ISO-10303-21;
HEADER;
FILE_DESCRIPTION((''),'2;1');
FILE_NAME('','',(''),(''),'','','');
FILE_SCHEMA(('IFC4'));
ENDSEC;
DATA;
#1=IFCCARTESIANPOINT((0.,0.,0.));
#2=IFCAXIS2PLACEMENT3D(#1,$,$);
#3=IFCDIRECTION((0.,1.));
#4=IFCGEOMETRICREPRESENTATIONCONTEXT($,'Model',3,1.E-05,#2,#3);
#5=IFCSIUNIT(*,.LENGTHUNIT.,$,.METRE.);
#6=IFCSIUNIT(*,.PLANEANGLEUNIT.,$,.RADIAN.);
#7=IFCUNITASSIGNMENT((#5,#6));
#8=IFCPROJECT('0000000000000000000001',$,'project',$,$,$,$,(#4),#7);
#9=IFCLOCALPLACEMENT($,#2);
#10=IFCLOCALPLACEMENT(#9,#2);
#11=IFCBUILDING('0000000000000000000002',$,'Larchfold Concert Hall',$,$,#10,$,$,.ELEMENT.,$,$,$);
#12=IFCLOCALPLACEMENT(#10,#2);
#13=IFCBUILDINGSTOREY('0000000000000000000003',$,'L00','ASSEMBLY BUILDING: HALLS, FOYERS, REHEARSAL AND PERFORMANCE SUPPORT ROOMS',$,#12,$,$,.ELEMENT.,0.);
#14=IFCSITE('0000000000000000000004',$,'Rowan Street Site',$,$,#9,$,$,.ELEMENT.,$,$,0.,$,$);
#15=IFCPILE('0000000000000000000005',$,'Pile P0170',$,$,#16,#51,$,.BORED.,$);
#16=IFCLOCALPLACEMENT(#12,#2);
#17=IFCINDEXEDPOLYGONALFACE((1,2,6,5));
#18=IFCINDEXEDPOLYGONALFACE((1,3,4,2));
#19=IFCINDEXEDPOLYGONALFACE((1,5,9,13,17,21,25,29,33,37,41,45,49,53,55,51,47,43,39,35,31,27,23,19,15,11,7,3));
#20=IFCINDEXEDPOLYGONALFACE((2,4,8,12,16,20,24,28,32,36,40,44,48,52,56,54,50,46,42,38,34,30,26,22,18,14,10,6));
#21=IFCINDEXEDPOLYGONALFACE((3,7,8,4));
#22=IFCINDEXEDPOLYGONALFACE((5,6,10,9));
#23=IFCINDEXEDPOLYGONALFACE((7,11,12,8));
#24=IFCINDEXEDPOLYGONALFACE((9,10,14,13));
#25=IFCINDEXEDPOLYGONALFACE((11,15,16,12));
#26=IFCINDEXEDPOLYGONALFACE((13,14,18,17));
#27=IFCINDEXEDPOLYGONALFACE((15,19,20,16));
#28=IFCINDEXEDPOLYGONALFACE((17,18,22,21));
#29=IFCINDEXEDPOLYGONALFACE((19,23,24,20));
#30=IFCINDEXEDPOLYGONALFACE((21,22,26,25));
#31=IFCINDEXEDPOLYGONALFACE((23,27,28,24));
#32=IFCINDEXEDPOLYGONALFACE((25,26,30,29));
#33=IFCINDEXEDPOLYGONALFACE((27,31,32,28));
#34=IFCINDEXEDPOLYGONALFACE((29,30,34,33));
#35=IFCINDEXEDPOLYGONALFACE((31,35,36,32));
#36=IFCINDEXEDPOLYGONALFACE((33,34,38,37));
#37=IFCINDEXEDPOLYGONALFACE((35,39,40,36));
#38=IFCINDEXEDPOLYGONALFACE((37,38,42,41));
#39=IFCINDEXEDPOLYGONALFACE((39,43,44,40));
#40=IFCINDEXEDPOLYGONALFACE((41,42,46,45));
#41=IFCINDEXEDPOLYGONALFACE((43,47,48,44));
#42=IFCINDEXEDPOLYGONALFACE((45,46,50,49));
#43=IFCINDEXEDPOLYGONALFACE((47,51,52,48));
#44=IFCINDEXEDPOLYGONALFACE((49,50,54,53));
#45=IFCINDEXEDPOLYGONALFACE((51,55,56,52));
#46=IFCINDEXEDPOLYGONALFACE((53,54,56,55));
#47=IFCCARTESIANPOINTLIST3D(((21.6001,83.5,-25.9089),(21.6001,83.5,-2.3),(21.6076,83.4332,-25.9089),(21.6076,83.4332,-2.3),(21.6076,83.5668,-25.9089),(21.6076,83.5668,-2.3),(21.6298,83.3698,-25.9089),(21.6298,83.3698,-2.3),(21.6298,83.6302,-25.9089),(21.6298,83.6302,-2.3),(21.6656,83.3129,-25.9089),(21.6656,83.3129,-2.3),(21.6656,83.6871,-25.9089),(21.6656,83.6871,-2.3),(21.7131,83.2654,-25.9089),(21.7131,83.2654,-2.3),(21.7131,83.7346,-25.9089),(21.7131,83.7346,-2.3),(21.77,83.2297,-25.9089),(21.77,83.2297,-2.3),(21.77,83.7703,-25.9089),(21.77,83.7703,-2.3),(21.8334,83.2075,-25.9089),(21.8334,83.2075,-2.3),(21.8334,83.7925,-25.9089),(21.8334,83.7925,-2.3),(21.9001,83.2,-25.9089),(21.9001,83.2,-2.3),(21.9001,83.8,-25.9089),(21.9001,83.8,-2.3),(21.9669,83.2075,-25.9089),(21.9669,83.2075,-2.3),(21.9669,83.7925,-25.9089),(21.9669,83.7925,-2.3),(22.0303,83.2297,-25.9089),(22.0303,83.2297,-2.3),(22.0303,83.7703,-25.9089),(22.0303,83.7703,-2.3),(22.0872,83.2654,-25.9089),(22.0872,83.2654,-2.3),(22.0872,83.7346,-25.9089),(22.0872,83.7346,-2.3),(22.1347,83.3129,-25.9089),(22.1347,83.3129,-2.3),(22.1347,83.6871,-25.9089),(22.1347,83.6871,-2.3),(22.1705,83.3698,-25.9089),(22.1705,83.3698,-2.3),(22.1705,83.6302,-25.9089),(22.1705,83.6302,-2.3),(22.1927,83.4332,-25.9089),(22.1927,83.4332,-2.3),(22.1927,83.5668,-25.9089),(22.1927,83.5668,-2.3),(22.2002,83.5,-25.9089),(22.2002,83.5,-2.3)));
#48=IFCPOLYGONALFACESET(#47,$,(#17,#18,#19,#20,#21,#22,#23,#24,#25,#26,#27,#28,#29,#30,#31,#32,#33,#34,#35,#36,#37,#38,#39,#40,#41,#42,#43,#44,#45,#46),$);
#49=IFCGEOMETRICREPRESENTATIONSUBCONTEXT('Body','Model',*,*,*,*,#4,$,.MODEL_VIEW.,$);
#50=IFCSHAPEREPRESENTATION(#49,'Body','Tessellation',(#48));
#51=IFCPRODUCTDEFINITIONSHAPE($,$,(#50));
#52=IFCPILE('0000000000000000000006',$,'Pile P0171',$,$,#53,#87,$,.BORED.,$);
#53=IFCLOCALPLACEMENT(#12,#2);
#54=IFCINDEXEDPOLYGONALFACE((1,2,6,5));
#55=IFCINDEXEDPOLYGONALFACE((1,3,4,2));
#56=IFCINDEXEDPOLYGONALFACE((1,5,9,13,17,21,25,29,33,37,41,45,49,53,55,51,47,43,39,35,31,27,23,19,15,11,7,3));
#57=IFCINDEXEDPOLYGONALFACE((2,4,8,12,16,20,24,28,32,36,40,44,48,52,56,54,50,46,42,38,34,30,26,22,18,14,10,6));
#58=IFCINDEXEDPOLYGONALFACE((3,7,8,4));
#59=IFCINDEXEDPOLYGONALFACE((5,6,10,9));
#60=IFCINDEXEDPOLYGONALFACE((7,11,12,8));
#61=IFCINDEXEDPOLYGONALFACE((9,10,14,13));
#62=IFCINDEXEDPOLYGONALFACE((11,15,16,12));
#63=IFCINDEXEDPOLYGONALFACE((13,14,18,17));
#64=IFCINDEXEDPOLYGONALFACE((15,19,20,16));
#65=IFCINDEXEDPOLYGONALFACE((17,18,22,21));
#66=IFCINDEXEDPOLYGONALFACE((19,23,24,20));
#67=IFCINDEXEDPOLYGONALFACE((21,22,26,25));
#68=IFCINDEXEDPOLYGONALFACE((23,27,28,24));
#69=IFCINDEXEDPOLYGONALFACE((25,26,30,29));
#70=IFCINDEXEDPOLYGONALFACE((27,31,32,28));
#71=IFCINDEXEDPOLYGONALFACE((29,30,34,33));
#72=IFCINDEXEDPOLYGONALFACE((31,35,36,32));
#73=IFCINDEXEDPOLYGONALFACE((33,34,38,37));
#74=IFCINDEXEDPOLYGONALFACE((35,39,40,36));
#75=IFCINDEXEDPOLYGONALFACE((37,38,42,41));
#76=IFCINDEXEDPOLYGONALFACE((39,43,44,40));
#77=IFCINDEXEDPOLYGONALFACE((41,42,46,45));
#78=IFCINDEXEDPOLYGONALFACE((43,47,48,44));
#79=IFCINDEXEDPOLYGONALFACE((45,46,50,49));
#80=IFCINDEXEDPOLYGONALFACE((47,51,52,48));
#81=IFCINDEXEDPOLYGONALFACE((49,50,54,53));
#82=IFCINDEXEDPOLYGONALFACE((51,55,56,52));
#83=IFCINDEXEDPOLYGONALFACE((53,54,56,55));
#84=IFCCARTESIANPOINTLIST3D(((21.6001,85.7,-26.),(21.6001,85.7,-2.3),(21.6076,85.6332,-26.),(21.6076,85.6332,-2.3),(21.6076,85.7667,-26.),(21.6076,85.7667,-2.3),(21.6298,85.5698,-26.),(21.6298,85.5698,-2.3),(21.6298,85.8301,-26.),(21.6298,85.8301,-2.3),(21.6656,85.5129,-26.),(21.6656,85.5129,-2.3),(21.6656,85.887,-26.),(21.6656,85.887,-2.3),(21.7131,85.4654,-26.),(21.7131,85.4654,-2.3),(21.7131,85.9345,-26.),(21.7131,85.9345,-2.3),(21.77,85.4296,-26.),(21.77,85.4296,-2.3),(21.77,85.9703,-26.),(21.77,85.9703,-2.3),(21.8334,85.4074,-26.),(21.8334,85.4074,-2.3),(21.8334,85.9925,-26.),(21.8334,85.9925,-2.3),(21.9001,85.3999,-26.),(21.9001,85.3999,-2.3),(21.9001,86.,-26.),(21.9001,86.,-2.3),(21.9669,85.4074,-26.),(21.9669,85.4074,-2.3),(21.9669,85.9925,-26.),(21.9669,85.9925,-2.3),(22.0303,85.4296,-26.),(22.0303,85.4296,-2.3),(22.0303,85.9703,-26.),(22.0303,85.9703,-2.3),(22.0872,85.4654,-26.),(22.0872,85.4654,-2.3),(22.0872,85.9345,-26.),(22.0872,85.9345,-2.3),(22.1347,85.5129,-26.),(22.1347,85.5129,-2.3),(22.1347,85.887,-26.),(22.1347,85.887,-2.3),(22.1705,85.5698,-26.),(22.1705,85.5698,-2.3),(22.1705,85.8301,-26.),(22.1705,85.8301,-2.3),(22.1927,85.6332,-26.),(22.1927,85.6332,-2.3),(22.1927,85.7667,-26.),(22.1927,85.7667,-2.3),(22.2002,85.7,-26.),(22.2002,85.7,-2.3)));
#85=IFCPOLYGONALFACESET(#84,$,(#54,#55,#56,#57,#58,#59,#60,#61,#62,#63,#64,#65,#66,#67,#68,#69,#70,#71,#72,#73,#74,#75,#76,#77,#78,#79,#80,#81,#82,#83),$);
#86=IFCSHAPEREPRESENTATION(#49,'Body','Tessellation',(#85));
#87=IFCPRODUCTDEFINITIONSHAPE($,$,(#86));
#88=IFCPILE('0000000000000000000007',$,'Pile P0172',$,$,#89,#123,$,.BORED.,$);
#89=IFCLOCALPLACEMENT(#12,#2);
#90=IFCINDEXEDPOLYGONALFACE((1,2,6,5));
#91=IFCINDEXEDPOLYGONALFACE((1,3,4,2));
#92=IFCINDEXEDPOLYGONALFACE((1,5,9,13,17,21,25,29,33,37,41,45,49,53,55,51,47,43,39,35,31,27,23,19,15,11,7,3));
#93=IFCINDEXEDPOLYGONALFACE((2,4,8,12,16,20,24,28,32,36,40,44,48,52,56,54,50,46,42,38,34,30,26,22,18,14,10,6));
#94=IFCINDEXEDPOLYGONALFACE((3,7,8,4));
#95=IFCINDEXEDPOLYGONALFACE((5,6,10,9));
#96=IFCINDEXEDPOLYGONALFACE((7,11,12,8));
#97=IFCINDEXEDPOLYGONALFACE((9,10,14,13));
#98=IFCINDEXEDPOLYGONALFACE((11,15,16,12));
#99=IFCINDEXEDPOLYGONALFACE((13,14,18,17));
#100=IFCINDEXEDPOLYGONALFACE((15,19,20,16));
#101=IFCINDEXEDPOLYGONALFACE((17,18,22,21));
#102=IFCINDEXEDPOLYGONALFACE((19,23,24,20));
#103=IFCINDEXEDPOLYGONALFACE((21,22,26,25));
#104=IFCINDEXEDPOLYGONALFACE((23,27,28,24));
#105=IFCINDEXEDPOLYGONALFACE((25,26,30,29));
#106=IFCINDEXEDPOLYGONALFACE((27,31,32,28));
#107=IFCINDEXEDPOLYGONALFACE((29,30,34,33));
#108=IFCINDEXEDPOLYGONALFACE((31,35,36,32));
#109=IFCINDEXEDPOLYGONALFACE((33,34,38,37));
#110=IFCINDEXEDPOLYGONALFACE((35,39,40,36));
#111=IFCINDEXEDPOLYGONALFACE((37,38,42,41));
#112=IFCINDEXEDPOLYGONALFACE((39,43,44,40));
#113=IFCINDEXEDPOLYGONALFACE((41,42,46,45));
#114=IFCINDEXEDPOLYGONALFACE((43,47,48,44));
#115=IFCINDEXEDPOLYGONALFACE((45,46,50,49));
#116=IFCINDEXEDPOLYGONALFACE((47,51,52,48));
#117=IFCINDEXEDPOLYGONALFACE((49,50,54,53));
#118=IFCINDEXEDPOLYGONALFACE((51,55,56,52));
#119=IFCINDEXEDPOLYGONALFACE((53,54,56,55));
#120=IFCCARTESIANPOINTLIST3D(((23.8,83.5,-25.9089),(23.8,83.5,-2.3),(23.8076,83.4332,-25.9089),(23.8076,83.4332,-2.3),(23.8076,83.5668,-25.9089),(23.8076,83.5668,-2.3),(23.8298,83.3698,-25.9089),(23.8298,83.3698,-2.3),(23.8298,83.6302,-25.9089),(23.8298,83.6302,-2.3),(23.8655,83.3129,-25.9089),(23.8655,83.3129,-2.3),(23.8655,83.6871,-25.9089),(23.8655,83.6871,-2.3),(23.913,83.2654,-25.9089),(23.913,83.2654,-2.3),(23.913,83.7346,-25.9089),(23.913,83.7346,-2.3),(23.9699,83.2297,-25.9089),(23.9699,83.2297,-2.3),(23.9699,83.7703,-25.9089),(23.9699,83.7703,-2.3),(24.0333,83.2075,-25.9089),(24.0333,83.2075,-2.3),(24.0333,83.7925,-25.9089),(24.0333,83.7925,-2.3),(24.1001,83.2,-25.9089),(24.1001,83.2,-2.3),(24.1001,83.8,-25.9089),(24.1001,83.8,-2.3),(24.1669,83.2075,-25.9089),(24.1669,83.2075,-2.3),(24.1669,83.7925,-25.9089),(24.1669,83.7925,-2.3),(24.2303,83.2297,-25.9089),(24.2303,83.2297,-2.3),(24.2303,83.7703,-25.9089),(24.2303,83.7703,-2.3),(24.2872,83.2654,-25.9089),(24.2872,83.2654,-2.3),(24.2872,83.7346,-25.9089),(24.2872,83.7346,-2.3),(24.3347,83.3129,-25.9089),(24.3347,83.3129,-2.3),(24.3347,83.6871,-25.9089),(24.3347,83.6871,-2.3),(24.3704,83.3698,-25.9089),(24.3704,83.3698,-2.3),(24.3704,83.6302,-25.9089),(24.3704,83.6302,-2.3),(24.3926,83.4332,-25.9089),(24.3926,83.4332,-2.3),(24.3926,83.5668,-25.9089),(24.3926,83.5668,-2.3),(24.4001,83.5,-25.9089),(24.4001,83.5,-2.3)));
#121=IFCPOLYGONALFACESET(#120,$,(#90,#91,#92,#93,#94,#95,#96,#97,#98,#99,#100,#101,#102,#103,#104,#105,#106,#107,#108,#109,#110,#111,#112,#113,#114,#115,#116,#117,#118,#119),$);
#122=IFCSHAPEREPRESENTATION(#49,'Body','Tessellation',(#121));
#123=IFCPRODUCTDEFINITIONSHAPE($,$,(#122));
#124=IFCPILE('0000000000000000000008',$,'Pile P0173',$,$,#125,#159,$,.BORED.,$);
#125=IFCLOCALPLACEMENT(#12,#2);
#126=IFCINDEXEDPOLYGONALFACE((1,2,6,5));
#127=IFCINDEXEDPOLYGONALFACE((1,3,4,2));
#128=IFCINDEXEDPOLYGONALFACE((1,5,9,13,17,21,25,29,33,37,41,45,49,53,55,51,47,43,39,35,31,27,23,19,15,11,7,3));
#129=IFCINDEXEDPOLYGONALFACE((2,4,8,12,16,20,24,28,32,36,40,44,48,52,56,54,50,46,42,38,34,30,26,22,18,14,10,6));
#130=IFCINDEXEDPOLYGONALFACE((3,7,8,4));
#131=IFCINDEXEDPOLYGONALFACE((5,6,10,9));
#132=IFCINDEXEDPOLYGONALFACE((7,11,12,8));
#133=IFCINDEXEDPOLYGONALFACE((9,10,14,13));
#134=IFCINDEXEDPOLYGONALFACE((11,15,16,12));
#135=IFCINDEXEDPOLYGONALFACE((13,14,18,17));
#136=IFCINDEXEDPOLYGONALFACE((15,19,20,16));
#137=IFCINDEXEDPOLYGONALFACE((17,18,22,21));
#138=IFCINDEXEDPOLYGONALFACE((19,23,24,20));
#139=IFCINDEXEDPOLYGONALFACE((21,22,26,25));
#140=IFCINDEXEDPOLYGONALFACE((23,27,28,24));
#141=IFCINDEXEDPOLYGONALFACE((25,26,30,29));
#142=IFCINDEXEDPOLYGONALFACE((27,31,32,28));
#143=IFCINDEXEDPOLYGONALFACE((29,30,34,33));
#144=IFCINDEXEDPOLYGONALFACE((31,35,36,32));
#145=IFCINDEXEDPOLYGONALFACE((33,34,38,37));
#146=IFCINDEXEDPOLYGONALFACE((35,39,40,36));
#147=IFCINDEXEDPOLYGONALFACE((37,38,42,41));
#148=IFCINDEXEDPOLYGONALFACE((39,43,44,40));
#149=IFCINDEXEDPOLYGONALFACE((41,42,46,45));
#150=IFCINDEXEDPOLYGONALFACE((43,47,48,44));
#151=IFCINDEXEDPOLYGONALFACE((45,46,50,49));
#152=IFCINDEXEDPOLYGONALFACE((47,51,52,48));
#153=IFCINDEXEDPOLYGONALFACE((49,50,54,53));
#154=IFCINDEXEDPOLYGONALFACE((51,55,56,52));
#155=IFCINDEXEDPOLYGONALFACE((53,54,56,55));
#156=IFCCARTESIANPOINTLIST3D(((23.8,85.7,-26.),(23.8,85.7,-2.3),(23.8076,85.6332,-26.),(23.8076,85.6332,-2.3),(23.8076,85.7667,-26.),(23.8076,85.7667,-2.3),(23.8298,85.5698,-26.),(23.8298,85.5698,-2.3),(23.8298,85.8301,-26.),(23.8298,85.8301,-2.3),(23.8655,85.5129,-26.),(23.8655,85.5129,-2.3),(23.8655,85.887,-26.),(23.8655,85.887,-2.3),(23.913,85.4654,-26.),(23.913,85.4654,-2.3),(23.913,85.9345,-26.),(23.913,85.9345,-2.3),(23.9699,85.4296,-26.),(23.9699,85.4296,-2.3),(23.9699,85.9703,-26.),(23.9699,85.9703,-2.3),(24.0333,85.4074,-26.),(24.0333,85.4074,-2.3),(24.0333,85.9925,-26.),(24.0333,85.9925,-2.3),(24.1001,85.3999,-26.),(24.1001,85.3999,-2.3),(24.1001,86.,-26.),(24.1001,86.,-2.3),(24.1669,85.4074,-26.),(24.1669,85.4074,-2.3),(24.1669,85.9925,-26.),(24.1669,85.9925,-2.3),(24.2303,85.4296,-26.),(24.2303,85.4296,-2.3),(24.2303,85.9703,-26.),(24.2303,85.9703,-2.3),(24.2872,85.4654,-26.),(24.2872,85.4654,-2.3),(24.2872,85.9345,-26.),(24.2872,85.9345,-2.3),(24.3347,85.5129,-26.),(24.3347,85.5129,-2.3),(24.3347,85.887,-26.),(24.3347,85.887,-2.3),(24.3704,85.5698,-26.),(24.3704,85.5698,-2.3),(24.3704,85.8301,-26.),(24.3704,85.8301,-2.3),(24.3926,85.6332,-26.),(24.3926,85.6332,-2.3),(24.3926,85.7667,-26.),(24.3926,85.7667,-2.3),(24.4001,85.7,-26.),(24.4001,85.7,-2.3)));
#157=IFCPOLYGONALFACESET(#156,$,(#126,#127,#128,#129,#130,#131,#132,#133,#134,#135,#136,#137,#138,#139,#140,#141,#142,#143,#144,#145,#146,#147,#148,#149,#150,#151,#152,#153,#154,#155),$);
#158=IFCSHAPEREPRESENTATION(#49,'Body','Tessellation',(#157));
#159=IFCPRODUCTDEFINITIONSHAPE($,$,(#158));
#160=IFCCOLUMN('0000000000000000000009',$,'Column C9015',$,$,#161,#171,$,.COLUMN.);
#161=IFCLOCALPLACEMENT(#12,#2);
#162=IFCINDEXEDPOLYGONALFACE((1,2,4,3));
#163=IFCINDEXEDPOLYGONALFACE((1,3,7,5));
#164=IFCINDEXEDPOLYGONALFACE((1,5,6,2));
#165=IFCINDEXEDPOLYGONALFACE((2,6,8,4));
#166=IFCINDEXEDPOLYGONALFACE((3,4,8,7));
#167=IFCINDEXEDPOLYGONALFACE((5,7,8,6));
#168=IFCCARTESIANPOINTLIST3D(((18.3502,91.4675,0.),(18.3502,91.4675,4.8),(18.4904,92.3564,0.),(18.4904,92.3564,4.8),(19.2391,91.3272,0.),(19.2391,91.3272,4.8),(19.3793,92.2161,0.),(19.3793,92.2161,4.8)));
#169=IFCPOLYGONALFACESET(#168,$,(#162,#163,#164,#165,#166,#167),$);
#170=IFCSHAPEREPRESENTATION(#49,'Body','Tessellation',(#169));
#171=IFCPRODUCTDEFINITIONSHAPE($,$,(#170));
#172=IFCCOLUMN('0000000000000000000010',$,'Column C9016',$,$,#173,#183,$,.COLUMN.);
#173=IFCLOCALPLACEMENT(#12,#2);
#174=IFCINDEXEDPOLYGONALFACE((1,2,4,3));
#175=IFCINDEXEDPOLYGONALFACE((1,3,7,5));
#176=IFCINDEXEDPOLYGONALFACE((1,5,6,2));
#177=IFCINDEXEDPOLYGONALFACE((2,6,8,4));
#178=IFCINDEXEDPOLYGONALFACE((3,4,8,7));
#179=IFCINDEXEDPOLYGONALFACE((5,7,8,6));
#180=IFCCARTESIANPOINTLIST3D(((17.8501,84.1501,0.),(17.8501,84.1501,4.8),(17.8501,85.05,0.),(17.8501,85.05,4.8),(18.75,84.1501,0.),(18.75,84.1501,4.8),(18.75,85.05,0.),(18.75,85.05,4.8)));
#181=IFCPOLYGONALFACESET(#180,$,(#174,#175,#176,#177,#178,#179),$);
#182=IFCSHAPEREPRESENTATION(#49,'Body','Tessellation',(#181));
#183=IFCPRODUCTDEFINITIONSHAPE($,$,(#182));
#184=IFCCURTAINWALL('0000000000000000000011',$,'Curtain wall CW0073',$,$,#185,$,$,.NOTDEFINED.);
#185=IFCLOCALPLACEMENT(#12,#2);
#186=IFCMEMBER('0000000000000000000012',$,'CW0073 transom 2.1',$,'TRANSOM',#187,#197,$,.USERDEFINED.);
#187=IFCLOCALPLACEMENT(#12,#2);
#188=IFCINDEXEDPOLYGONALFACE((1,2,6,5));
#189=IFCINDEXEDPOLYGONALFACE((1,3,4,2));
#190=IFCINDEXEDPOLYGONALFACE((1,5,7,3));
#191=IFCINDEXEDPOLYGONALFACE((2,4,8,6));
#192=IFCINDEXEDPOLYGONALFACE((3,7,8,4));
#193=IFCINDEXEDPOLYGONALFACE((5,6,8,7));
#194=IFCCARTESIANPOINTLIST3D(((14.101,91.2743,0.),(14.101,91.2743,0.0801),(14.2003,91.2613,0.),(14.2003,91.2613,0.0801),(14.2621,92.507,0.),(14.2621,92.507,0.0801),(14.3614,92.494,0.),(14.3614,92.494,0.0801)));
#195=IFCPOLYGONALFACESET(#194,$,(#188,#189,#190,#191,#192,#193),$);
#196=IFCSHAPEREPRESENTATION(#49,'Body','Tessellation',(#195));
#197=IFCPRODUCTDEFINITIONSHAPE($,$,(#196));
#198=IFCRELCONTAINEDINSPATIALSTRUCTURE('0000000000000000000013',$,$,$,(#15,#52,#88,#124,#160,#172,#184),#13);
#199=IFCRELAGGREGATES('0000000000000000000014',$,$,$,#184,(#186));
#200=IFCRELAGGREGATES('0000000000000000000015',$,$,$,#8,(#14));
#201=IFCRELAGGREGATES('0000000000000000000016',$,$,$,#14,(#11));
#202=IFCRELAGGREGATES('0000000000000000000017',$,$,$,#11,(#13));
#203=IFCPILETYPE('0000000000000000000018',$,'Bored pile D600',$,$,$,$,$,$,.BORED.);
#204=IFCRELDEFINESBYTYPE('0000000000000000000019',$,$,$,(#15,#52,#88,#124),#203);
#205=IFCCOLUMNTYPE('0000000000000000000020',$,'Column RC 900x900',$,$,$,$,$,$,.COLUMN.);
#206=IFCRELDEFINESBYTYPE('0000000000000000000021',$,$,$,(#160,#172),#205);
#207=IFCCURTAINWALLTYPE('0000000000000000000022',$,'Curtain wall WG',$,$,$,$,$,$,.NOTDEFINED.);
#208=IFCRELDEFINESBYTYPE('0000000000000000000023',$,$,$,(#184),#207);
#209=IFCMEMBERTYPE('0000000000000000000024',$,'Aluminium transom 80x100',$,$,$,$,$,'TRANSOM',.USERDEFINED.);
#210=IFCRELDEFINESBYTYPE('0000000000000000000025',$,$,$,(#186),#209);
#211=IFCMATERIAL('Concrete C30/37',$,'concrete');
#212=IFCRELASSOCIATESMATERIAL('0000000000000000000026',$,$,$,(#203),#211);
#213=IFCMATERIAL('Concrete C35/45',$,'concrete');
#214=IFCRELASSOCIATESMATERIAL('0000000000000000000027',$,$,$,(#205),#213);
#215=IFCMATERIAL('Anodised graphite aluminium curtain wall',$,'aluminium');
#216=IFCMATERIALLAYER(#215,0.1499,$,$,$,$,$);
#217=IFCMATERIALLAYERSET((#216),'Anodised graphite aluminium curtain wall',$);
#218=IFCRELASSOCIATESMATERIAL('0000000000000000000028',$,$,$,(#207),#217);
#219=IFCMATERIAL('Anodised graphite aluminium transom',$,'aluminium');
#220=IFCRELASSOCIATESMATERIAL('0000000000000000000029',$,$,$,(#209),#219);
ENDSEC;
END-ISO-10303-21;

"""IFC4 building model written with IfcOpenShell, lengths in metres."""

from ifc_helpers import new_model, si_unit, direction, frame, origin, origin_2d, place, context, subcontext, project, spatial, rectangle, circle, extrude, material, layer, layer_set, material_profile, profile_set, type_object, element, aggregate, save


model = new_model("IFC4")

# Units and contexts
model_context = context("Model", 3, precision=1e-05, world=origin(), true_north=direction((0.0, 1.0)))
body_context = subcontext(model_context, "Body", "Model", "MODEL_VIEW")
ifc_project = project(units=[si_unit("LENGTHUNIT", "METRE"), si_unit("PLANEANGLEUNIT", "RADIAN")], contexts=[model_context])

# Site, building, storey
site_placement = place(None, origin())
site = spatial("IfcSite", under=ifc_project, at=site_placement, Name="Rowan Street Site", CompositionType="ELEMENT", RefElevation=0.0)
building_placement = place(site_placement, origin())
building = spatial("IfcBuilding", under=site, at=building_placement, Name="Larchfold Concert Hall", CompositionType="ELEMENT")
storey_placement = place(building_placement, origin())
storey = spatial("IfcBuildingStorey", under=building, at=storey_placement, Name="L00", Description="ASSEMBLY BUILDING: HALLS, FOYERS, REHEARSAL AND PERFORMANCE SUPPORT ROOMS", CompositionType="ELEMENT", Elevation=0.0)

# Piles
ifc_material_1 = material(Name="Concrete C30/37", Category="concrete")
ifc_material_profile_1 = material_profile(ifc_material_1, circle(Radius=0.3, at=origin_2d()))
ifc_profile_set_1 = profile_set([ifc_material_profile_1], Name="Concrete C30/37")
pile_type = type_object("IfcPileType", Name="Bored pile D600", PredefinedType="BORED", material=ifc_profile_set_1)
pile_1_placement = place(storey_placement, frame((21.9001, 83.5, -2.3), z_axis=(0.0, 0.0, -1.0), x_axis=(1.0, 0.0, 0.0)))
element("IfcPile", 1, at=pile_1_placement, inside=storey, type_object=pile_type, Name="Pile P0170", PredefinedType="BORED", context=body_context, shape_type="SweptSolid", body=[
    extrude(circle(Radius=0.3, at=origin_2d()), origin(), (0.0, 0.0, 1.0), 23.6089),
])
pile_2_placement = place(storey_placement, frame((21.9001, 85.7, -2.3), z_axis=(0.0, 0.0, -1.0), x_axis=(1.0, 0.0, 0.0)))
element("IfcPile", 2, at=pile_2_placement, inside=storey, type_object=pile_type, Name="Pile P0171", PredefinedType="BORED", context=body_context, shape_type="SweptSolid", body=[
    extrude(circle(Radius=0.3, at=origin_2d()), origin(), (0.0, 0.0, 1.0), 23.7),
])
pile_3_placement = place(storey_placement, frame((24.1001, 83.5, -2.3), z_axis=(0.0, 0.0, -1.0), x_axis=(1.0, 0.0, 0.0)))
element("IfcPile", 3, at=pile_3_placement, inside=storey, type_object=pile_type, Name="Pile P0172", PredefinedType="BORED", context=body_context, shape_type="SweptSolid", body=[
    extrude(circle(Radius=0.3, at=origin_2d()), origin(), (0.0, 0.0, 1.0), 23.6089),
])
pile_4_placement = place(storey_placement, frame((24.1001, 85.7, -2.3), z_axis=(0.0, 0.0, -1.0), x_axis=(1.0, 0.0, 0.0)))
element("IfcPile", 4, at=pile_4_placement, inside=storey, type_object=pile_type, Name="Pile P0173", PredefinedType="BORED", context=body_context, shape_type="SweptSolid", body=[
    extrude(circle(Radius=0.3, at=origin_2d()), origin(), (0.0, 0.0, 1.0), 23.7),
])

# Columns
ifc_material_2 = material(Name="Concrete C35/45", Category="concrete")
ifc_material_profile_2 = material_profile(ifc_material_2, rectangle(XDim=0.8999, YDim=0.8999, at=origin_2d()))
ifc_profile_set_2 = profile_set([ifc_material_profile_2], Name="Concrete C35/45")
column_type = type_object("IfcColumnType", Name="Column RC 900x900", PredefinedType="COLUMN", material=ifc_profile_set_2)
for number, where, z_axis, x_axis, name in (
    (5, (18.8647, 91.8418, 0.0), (0.0, 0.0, 1.0), (0.155868, 0.987778, 0.0), "Column C9015"),
    (6, (18.3, 84.6001, 0.0), (0.0, 0.0, 1.0), (0.000002, 1.0, 0.0), "Column C9016"),
):
    element("IfcColumn", number, at=place(storey_placement, frame(where, z_axis=z_axis, x_axis=x_axis)), inside=storey, type_object=column_type, Name=name, PredefinedType="COLUMN", context=body_context, shape_type="SweptSolid", body=[
        extrude(rectangle(XDim=0.8999, YDim=0.8999, at=origin_2d()), origin(), (0.0, 0.0, 1.0), 4.8),
    ])

# Curtain wall, member
ifc_material_3 = material(Name="Anodised graphite aluminium curtain wall", Category="aluminium")
ifc_layer_1 = layer(ifc_material_3, 0.1499)
ifc_layer_set_1 = layer_set([ifc_layer_1], Name="Anodised graphite aluminium curtain wall")
curtain_wall_type = type_object("IfcCurtainWallType", Name="Curtain wall WG", PredefinedType="NOTDEFINED", material=ifc_layer_set_1)
curtain_wall_placement = place(storey_placement, origin())
curtain_wall = element("IfcCurtainWall", 7, at=curtain_wall_placement, inside=storey, type_object=curtain_wall_type, Name="Curtain wall CW0073", PredefinedType="NOTDEFINED")
ifc_material_4 = material(Name="Anodised graphite aluminium transom", Category="aluminium")
ifc_material_profile_3 = material_profile(ifc_material_4, rectangle(XDim=0.1001, YDim=0.0801, at=origin_2d()))
ifc_profile_set_3 = profile_set([ifc_material_profile_3], Name="Anodised graphite aluminium transom")
member_type = type_object("IfcMemberType", Name="Aluminium transom 80x100", ElementType="TRANSOM", PredefinedType="USERDEFINED", material=ifc_profile_set_3)
member_1_placement = place(storey_placement, frame((14.1506, 91.2678, 0.04), z_axis=(0.129616, 0.991564, 0.0), x_axis=(-0.991564, 0.129616, 0.0)))
member_1 = element("IfcMember", 8, at=member_1_placement, type_object=member_type, Name="CW0073 transom 2.1", ObjectType="TRANSOM", PredefinedType="USERDEFINED", context=body_context, shape_type="SweptSolid", body=[
    extrude(rectangle(XDim=0.1001, YDim=0.0801, at=origin_2d()), origin(), (0.0, 0.0, 1.0), 1.2432),
])

aggregate(curtain_wall, [member_1])

save(model, "model.ifc")
